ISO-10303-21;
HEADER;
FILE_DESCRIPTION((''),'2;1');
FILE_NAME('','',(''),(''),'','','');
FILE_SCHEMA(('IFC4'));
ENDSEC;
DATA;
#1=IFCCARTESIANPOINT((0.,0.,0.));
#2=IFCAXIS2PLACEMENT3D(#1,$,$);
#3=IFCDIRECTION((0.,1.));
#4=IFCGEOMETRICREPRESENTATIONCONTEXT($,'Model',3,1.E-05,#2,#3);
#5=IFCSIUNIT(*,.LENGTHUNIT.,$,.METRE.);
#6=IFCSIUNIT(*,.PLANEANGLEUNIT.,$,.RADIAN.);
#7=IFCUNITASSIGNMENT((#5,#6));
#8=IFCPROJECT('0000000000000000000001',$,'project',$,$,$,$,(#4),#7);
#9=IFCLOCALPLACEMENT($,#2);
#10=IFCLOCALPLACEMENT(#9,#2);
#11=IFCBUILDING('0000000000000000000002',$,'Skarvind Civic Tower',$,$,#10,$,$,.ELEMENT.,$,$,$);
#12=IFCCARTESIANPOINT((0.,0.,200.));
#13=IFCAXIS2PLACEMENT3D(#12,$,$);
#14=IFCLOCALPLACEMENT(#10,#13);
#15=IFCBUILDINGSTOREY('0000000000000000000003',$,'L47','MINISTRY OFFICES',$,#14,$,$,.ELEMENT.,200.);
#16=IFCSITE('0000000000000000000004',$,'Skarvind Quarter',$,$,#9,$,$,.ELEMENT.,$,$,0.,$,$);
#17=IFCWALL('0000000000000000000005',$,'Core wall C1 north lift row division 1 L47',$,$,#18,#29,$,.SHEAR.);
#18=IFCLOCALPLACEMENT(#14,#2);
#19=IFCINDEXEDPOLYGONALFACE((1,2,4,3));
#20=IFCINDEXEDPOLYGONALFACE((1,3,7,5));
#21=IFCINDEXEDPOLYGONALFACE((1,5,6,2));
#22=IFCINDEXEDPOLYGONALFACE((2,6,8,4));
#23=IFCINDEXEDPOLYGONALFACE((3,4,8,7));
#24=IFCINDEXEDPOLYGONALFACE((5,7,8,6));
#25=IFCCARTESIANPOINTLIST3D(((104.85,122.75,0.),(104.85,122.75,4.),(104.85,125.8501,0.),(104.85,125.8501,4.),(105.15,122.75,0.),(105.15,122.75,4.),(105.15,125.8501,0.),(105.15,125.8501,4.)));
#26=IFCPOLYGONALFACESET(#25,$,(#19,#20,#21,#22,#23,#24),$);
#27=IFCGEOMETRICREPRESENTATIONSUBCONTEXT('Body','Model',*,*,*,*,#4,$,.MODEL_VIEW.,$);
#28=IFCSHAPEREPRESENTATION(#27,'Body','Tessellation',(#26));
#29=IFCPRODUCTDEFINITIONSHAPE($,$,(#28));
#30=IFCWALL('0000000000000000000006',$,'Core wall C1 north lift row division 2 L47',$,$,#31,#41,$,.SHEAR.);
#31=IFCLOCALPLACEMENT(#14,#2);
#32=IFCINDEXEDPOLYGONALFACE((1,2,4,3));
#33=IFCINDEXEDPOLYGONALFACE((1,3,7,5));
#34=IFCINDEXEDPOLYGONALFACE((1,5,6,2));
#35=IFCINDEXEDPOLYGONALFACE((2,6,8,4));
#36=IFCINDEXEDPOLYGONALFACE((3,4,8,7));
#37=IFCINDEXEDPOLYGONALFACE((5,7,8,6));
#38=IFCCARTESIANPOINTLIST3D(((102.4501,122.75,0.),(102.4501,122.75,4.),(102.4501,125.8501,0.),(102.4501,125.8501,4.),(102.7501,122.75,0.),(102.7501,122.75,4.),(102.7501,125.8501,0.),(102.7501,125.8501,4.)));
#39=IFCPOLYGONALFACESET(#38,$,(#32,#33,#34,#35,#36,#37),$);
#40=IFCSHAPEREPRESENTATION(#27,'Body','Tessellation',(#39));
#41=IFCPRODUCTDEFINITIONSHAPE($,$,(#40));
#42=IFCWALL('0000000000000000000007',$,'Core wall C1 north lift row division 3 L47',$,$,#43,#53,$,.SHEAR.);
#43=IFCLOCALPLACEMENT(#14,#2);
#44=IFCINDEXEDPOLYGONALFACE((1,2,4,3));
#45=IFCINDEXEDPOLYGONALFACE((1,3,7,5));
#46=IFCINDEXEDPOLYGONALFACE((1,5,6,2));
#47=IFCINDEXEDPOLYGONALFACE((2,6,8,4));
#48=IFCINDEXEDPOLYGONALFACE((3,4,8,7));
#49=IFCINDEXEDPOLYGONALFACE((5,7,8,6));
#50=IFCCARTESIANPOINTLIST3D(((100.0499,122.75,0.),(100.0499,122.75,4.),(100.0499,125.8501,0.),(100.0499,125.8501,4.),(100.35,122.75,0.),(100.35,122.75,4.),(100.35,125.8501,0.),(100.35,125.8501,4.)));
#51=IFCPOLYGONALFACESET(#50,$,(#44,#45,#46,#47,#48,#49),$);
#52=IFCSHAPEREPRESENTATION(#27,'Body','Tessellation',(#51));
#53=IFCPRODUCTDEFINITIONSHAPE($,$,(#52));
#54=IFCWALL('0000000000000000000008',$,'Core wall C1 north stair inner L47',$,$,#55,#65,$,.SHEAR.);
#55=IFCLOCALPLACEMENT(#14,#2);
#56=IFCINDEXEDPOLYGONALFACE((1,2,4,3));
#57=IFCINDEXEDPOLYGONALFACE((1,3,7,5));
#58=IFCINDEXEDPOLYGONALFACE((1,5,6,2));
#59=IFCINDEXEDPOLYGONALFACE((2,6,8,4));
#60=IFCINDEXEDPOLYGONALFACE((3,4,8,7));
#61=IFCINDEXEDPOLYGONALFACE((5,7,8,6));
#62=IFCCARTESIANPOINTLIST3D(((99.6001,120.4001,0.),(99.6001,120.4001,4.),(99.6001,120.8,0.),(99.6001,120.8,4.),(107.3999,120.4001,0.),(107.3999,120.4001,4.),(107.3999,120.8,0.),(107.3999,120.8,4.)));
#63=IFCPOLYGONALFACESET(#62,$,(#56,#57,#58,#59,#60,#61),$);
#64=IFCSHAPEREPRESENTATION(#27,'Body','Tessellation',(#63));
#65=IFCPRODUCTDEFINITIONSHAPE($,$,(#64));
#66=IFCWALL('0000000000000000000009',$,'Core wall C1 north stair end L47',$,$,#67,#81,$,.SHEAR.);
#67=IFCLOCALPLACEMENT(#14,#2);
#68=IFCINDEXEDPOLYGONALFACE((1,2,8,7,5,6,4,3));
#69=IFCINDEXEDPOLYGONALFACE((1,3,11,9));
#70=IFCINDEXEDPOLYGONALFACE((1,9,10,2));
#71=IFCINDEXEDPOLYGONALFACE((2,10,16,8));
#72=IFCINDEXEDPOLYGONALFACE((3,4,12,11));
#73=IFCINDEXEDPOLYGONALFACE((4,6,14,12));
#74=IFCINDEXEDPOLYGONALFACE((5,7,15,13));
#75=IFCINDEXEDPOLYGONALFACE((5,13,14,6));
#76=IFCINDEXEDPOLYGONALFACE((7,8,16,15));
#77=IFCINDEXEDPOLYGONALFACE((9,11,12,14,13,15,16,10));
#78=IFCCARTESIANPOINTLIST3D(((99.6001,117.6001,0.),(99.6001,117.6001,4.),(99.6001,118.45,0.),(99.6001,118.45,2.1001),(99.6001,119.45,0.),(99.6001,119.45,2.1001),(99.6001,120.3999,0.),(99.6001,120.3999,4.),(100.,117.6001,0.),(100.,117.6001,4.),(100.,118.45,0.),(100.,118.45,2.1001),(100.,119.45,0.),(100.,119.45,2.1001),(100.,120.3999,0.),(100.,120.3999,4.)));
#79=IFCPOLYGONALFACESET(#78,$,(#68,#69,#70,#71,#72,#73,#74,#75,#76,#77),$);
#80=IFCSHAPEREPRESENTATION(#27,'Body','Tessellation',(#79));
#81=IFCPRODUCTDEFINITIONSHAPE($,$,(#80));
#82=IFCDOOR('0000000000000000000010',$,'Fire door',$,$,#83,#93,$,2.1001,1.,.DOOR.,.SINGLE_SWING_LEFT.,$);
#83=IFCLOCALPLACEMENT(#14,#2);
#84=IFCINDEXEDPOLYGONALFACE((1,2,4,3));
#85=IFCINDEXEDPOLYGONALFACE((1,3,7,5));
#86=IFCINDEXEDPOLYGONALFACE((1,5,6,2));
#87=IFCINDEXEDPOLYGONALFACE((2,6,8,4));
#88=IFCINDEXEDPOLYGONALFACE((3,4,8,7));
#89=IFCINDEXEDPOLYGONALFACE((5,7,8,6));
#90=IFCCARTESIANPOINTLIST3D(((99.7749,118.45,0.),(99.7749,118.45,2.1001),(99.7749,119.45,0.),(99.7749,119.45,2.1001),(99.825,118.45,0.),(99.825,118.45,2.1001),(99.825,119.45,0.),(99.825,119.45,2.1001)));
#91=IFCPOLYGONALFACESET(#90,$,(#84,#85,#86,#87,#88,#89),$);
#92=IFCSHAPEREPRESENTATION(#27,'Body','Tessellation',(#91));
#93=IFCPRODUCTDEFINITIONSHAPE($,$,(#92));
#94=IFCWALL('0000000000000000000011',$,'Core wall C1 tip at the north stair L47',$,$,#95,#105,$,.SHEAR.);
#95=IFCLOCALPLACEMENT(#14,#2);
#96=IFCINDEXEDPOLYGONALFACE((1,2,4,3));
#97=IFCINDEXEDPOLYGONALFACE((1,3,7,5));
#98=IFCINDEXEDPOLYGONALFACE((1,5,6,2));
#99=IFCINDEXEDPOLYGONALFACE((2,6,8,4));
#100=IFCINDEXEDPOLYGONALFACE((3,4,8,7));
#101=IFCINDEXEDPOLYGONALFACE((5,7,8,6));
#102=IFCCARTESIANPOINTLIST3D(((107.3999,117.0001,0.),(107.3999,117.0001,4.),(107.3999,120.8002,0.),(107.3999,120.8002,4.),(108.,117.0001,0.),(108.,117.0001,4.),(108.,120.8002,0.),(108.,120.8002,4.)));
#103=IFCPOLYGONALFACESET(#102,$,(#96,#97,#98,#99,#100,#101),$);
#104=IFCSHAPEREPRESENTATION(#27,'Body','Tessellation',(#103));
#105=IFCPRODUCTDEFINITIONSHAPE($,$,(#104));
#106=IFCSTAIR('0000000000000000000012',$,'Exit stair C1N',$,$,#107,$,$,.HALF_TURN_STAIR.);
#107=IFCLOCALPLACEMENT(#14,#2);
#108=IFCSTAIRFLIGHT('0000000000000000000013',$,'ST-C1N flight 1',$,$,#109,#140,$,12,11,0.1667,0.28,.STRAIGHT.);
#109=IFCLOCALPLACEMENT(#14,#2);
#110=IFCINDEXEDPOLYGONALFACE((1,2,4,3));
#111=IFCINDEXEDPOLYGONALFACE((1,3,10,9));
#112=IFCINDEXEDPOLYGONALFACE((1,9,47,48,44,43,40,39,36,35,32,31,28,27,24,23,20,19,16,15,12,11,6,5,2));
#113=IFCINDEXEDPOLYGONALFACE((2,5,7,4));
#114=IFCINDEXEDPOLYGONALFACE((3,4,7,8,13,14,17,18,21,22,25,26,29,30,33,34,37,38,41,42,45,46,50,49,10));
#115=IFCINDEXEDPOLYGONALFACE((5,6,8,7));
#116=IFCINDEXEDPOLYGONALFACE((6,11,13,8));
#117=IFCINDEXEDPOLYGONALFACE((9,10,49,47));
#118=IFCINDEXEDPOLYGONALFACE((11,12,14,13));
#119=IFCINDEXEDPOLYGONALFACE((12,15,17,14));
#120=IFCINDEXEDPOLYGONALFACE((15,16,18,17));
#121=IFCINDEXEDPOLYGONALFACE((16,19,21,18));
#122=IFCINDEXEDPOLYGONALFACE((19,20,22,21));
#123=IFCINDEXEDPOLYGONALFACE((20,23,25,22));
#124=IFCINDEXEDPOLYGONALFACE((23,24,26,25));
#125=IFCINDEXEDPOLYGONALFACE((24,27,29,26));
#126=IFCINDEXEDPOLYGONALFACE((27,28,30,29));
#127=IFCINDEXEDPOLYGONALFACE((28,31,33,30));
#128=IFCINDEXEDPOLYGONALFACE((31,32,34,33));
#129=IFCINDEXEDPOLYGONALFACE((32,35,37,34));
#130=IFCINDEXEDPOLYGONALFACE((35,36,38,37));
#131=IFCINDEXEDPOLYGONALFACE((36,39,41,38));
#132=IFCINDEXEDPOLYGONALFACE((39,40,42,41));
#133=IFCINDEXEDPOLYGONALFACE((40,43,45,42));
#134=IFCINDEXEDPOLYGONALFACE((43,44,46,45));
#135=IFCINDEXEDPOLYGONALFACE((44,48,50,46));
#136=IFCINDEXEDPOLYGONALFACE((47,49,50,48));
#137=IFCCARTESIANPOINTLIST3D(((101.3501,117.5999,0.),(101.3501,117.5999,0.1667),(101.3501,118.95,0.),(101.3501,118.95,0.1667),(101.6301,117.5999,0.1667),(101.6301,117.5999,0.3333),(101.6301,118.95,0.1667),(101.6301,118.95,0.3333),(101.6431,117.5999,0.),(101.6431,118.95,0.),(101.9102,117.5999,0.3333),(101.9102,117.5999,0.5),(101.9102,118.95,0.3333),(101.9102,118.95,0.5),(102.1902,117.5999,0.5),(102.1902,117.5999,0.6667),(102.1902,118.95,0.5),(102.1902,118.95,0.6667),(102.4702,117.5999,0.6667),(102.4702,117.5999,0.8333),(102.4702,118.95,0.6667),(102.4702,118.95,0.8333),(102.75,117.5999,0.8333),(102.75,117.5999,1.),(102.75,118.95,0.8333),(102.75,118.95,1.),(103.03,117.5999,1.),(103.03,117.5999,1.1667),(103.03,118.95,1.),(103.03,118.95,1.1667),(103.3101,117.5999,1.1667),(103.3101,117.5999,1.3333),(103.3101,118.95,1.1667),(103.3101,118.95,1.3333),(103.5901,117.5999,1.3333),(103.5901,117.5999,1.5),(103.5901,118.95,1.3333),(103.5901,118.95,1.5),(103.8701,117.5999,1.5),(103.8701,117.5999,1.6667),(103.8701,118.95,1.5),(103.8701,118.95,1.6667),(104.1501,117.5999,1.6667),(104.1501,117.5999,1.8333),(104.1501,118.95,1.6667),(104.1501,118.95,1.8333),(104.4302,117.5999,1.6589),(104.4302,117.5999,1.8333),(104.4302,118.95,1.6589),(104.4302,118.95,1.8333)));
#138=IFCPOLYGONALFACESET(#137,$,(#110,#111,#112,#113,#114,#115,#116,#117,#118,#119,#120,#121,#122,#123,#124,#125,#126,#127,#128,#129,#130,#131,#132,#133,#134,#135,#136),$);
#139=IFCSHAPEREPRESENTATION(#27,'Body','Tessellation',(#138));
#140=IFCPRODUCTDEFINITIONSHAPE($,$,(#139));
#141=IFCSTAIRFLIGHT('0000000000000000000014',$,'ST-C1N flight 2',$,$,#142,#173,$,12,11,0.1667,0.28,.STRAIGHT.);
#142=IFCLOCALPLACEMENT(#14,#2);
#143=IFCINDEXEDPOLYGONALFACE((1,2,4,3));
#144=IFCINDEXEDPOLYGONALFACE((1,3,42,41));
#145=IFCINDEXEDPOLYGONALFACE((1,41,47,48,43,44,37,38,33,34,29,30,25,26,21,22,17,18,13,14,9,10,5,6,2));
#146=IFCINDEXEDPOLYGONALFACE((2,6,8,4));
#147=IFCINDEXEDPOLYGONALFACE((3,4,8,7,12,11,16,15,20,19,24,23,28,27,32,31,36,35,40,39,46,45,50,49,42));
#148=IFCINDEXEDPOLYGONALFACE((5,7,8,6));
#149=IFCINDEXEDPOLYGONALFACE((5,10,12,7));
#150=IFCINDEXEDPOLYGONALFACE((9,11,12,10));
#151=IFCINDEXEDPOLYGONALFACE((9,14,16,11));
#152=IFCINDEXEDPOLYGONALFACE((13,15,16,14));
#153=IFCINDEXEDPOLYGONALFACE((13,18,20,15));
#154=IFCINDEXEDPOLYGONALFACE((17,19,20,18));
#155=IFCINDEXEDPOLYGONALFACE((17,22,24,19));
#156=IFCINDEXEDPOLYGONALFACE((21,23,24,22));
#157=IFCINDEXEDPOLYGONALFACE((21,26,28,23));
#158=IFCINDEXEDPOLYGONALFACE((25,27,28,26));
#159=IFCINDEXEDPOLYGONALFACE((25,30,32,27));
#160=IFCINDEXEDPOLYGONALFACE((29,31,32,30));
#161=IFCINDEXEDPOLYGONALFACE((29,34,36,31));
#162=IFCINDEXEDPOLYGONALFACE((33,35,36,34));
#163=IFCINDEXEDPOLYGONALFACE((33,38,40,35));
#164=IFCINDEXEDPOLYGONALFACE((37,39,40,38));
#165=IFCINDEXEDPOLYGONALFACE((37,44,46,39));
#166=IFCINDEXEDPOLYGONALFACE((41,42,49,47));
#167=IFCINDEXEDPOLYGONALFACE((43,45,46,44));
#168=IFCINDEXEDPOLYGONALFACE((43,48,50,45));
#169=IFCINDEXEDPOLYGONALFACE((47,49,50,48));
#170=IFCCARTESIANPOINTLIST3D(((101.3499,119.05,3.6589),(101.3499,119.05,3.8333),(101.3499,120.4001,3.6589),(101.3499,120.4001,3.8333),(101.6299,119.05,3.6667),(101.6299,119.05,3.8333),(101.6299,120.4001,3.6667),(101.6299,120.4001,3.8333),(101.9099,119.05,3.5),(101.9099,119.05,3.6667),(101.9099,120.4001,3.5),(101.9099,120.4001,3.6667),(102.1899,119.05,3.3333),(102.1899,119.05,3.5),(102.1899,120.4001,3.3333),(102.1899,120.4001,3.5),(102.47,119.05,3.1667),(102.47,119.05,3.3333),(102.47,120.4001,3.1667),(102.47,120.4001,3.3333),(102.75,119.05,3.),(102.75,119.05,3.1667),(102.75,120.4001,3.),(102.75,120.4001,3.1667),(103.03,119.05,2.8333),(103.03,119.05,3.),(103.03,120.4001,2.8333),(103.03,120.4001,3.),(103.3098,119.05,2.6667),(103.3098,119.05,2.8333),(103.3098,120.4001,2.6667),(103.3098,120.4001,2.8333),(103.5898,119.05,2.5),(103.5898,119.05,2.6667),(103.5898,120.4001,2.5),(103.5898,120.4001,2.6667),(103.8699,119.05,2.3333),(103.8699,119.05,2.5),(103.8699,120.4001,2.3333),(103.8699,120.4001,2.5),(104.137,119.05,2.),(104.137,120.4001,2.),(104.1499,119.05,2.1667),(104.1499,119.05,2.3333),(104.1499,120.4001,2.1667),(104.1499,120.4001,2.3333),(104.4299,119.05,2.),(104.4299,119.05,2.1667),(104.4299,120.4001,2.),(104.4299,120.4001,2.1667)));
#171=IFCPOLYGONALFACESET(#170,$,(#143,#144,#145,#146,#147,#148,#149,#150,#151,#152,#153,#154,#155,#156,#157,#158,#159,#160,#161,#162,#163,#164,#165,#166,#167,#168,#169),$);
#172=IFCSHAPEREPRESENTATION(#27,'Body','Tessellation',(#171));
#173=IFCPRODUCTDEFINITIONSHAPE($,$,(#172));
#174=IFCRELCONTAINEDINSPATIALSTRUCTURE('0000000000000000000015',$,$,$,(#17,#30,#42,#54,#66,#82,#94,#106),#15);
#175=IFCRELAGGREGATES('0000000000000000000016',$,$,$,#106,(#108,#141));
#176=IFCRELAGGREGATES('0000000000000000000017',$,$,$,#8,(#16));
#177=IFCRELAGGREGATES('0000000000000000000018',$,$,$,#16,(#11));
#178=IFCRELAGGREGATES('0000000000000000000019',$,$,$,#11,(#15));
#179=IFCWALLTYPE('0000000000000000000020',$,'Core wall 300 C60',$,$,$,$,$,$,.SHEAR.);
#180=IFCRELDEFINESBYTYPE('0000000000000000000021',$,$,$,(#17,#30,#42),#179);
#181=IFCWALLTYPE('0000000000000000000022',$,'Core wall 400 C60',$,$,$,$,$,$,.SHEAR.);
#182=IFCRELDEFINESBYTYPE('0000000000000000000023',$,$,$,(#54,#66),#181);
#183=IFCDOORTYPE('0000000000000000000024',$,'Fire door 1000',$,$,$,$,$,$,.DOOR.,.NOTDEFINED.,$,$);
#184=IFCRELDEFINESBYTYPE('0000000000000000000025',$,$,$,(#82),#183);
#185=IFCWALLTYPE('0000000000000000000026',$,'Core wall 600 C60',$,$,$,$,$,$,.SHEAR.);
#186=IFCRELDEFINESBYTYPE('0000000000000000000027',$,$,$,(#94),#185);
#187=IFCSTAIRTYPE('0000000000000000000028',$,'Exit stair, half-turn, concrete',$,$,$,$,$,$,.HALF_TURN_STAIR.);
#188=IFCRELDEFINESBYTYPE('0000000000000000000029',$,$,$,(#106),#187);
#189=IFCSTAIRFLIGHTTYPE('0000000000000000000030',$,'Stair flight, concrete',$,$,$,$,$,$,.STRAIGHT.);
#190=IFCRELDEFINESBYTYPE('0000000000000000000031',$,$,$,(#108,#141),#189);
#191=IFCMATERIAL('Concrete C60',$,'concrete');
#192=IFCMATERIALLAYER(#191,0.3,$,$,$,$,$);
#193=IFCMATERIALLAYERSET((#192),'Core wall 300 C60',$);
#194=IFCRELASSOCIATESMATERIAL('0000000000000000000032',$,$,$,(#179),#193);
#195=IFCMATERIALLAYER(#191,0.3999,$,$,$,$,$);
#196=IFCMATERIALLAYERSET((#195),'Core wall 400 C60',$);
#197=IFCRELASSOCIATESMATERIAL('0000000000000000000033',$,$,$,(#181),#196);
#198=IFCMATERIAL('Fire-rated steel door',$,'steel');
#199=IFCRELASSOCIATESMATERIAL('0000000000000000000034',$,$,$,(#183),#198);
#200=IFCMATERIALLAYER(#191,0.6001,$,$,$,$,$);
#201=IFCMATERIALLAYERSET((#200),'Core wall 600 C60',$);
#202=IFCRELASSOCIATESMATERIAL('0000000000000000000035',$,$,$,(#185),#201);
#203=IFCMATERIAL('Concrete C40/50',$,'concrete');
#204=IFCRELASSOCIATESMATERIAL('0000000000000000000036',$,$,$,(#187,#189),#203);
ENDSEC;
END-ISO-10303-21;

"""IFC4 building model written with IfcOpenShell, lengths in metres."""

from ifc_helpers import new_model, si_unit, direction, frame, frame_2d, origin, place, context, subcontext, project, spatial, polyline, rectangle, outline, extrude, material, layer, layer_set, type_object, element, fill, aggregate, save


model = new_model("IFC4")

# Units and contexts
model_context = context("Model", 3, precision=1e-05, world=origin(), true_north=direction((0.0, 1.0)))
body_context = subcontext(model_context, "Body", "Model", "MODEL_VIEW")
ifc_project = project(units=[si_unit("LENGTHUNIT", "METRE"), si_unit("PLANEANGLEUNIT", "RADIAN")], contexts=[model_context])

# Site, building, storey
site_placement = place(None, origin())
site = spatial("IfcSite", under=ifc_project, at=site_placement, Name="Skarvind Quarter", CompositionType="ELEMENT", RefElevation=0.0)
building_placement = place(site_placement, origin())
building = spatial("IfcBuilding", under=site, at=building_placement, Name="Skarvind Civic Tower", CompositionType="ELEMENT")
storey_placement = place(building_placement, frame((0.0, 0.0, 200.0)))
storey = spatial("IfcBuildingStorey", under=building, at=storey_placement, Name="L47", Description="MINISTRY OFFICES", CompositionType="ELEMENT", Elevation=200.0)

# Shared definitions
ifc_material_1 = material(Name="Concrete C60", Category="concrete")
ifc_layer_1 = layer(ifc_material_1, 0.3)
ifc_layer_set_1 = layer_set([ifc_layer_1], Name="Core wall 300 C60")
wall_type_1 = type_object("IfcWallType", Name="Core wall 300 C60", PredefinedType="SHEAR", material=ifc_layer_set_1)
ifc_material_2 = material(Name="Fire-rated steel door", Category="steel")

# Walls
for number, where, z_axis, x_axis, name in (
    (1, (105.0, 125.8501, 0.0), (0.0, 0.0, 1.0), (0.0, -1.0, 0.0), "Core wall C1 north lift row division 1 L47"),
    (2, (102.6001, 125.8501, 0.0), (0.0, 0.0, 1.0), (0.0, -1.0, 0.0), "Core wall C1 north lift row division 2 L47"),
    (3, (100.2, 125.8501, 0.0), (0.0, 0.0, 1.0), (0.0, -1.0, 0.0), "Core wall C1 north lift row division 3 L47"),
):
    element("IfcWall", number, at=place(storey_placement, frame(where, z_axis=z_axis, x_axis=x_axis)), inside=storey, type_object=wall_type_1, Name=name, PredefinedType="SHEAR", context=body_context, shape_type="SweptSolid", body=[
        extrude(rectangle(XDim=3.1001, YDim=0.3, at=frame_2d((1.55, 0.0))), origin(), (0.0, 0.0, 1.0), 4.0),
    ])
ifc_layer_2 = layer(ifc_material_1, 0.3999)
ifc_layer_set_2 = layer_set([ifc_layer_2], Name="Core wall 400 C60")
wall_type_2 = type_object("IfcWallType", Name="Core wall 400 C60", PredefinedType="SHEAR", material=ifc_layer_set_2)
wall_1_placement = place(storey_placement, frame((107.3999, 120.6001, 0.0), z_axis=(0.0, 0.0, 1.0), x_axis=(-1.0, 0.0, 0.0)))
element("IfcWall", 4, at=wall_1_placement, inside=storey, type_object=wall_type_2, Name="Core wall C1 north stair inner L47", PredefinedType="SHEAR", context=body_context, shape_type="SweptSolid", body=[
    extrude(rectangle(XDim=7.7998, YDim=0.3999, at=frame_2d((3.8999, 0.0))), origin(), (0.0, 0.0, 1.0), 4.0),
])

# Wall, opening, door
wall_2_placement = place(storey_placement, frame((99.8, 120.3999, 0.0), z_axis=(0.0, 0.0, 1.0), x_axis=(0.0, -1.0, 0.0)))
wall_2 = element("IfcWall", 5, at=wall_2_placement, inside=storey, type_object=wall_type_2, Name="Core wall C1 north stair end L47", PredefinedType="SHEAR", context=body_context, shape_type="SweptSolid", body=[
    extrude(rectangle(XDim=2.7998, YDim=0.3999, at=frame_2d((1.3999, 0.0))), origin(), (0.0, 0.0, 1.0), 4.0),
])
opening_1_placement = place(wall_2_placement, frame((0.95, 0.0, 0.0)))
opening_1 = element("IfcOpeningElement", 6, at=opening_1_placement, cuts=wall_2, PredefinedType="OPENING", context=body_context, shape_type="SweptSolid", body=[
    extrude(rectangle(XDim=1.0, YDim=2.1001, at=frame_2d((0.5, 1.05))), frame((0.0, 0.21, 0.0), z_axis=(0.0, -1.0, 0.0), x_axis=(1.0, 0.0, 0.0)), (0.0, 0.0, 1.0), 0.4199),
])
door_type_1 = type_object("IfcDoorType", Name="Fire door 1000", OperationType="NOTDEFINED", PredefinedType="DOOR", material=ifc_material_2)
door_1_placement = place(opening_1_placement, origin())
door_1 = element("IfcDoor", 7, at=door_1_placement, inside=storey, type_object=door_type_1, Name="Fire door", OperationType="SINGLE_SWING_LEFT", OverallHeight=2.1001, OverallWidth=1.0, PredefinedType="DOOR", context=body_context, shape_type="SweptSolid", body=[
    extrude(rectangle(XDim=1.0, YDim=2.1001, at=frame_2d((0.5, 1.05))), frame((0.0, 0.0249, 0.0), z_axis=(0.0, -1.0, 0.0), x_axis=(1.0, 0.0, 0.0)), (0.0, 0.0, 1.0), 0.05),
])
fill(opening_1, door_1)

# Wall
ifc_layer_3 = layer(ifc_material_1, 0.6001)
ifc_layer_set_3 = layer_set([ifc_layer_3], Name="Core wall 600 C60")
wall_type_3 = type_object("IfcWallType", Name="Core wall 600 C60", PredefinedType="SHEAR", material=ifc_layer_set_3)
wall_3_placement = place(storey_placement, frame((107.7, 120.8, 0.0), z_axis=(0.0, 0.0, 1.0), x_axis=(0.0, -1.0, 0.0)))
element("IfcWall", 8, at=wall_3_placement, inside=storey, type_object=wall_type_3, Name="Core wall C1 tip at the north stair L47", PredefinedType="SHEAR", context=body_context, shape_type="SweptSolid", body=[
    extrude(rectangle(XDim=3.8, YDim=0.6001, at=frame_2d((1.8999, 0.0))), origin(), (0.0, 0.0, 1.0), 4.0),
])

# Stair, stair flights
ifc_material_3 = material(Name="Concrete C40/50", Category="concrete")
stair_type = type_object("IfcStairType", Name="Exit stair, half-turn, concrete", PredefinedType="HALF_TURN_STAIR", material=ifc_material_3)
stair_placement = place(storey_placement, origin())
stair = element("IfcStair", 9, at=stair_placement, inside=storey, type_object=stair_type, Name="Exit stair C1N", PredefinedType="HALF_TURN_STAIR")
stair_flight_type = type_object("IfcStairFlightType", Name="Stair flight, concrete", PredefinedType="STRAIGHT", material=ifc_material_3)
stair_flight_1_placement = place(storey_placement, frame((101.3501, 118.2749, 0.0), z_axis=(0.0, 0.0, 1.0), x_axis=(1.0, 0.0, 0.0)))
stair_flight_1 = element("IfcStairFlight", 10, at=stair_flight_1_placement, type_object=stair_flight_type, Name="ST-C1N flight 1", NumberOfRisers=12, NumberOfTreads=11, PredefinedType="STRAIGHT", RiserHeight=0.1667, TreadLength=0.28, context=body_context, shape_type="SweptSolid", body=[
    extrude(outline(polyline([(0.0, 0.0), (0.0, 0.1667), (0.28, 0.1667), (0.28, 0.3333), (0.5601, 0.3333), (0.5601, 0.5), (0.8401, 0.5), (0.8401, 0.6667), (1.1201, 0.6667), (1.1201, 0.8333), (1.3999, 0.8333), (1.3999, 1.0), (1.6799, 1.0), (1.6799, 1.1667), (1.96, 1.1667), (1.96, 1.3333), (2.24, 1.3333), (2.24, 1.5), (2.52, 1.5), (2.52, 1.6667), (2.8, 1.6667), (2.8, 1.8333), (3.0801, 1.8333), (3.0801, 2.0), (3.0801, 1.6589), (0.293, 0.0), (0.0, 0.0)])), frame((0.0, 0.675, 0.0), z_axis=(0.0, -1.0, 0.0), x_axis=(1.0, 0.0, 0.0)), (0.0, 0.0, 1.0), 1.3501),
])
stair_flight_2_placement = place(storey_placement, frame((104.4299, 119.7251, 2.0), z_axis=(0.0, 0.0, 1.0), x_axis=(-1.0, 0.0, 0.0)))
stair_flight_2 = element("IfcStairFlight", 11, at=stair_flight_2_placement, type_object=stair_flight_type, Name="ST-C1N flight 2", NumberOfRisers=12, NumberOfTreads=11, PredefinedType="STRAIGHT", RiserHeight=0.1667, TreadLength=0.28, context=body_context, shape_type="SweptSolid", body=[
    extrude(outline(polyline([(0.0, 0.0), (0.0, 0.1667), (0.28, 0.1667), (0.28, 0.3333), (0.5601, 0.3333), (0.5601, 0.5), (0.8401, 0.5), (0.8401, 0.6667), (1.1201, 0.6667), (1.1201, 0.8333), (1.3999, 0.8333), (1.3999, 1.0), (1.6799, 1.0), (1.6799, 1.1667), (1.96, 1.1667), (1.96, 1.3333), (2.24, 1.3333), (2.24, 1.5), (2.52, 1.5), (2.52, 1.6667), (2.8, 1.6667), (2.8, 1.8333), (3.0801, 1.8333), (3.0801, 2.0), (3.0801, 1.6589), (0.293, 0.0), (0.0, 0.0)])), frame((0.0, 0.675, 0.0), z_axis=(0.0, -1.0, 0.0), x_axis=(1.0, 0.0, 0.0)), (0.0, 0.0, 1.0), 1.3501),
])
aggregate(stair, [stair_flight_1, stair_flight_2])

save(model, "model.ifc")
